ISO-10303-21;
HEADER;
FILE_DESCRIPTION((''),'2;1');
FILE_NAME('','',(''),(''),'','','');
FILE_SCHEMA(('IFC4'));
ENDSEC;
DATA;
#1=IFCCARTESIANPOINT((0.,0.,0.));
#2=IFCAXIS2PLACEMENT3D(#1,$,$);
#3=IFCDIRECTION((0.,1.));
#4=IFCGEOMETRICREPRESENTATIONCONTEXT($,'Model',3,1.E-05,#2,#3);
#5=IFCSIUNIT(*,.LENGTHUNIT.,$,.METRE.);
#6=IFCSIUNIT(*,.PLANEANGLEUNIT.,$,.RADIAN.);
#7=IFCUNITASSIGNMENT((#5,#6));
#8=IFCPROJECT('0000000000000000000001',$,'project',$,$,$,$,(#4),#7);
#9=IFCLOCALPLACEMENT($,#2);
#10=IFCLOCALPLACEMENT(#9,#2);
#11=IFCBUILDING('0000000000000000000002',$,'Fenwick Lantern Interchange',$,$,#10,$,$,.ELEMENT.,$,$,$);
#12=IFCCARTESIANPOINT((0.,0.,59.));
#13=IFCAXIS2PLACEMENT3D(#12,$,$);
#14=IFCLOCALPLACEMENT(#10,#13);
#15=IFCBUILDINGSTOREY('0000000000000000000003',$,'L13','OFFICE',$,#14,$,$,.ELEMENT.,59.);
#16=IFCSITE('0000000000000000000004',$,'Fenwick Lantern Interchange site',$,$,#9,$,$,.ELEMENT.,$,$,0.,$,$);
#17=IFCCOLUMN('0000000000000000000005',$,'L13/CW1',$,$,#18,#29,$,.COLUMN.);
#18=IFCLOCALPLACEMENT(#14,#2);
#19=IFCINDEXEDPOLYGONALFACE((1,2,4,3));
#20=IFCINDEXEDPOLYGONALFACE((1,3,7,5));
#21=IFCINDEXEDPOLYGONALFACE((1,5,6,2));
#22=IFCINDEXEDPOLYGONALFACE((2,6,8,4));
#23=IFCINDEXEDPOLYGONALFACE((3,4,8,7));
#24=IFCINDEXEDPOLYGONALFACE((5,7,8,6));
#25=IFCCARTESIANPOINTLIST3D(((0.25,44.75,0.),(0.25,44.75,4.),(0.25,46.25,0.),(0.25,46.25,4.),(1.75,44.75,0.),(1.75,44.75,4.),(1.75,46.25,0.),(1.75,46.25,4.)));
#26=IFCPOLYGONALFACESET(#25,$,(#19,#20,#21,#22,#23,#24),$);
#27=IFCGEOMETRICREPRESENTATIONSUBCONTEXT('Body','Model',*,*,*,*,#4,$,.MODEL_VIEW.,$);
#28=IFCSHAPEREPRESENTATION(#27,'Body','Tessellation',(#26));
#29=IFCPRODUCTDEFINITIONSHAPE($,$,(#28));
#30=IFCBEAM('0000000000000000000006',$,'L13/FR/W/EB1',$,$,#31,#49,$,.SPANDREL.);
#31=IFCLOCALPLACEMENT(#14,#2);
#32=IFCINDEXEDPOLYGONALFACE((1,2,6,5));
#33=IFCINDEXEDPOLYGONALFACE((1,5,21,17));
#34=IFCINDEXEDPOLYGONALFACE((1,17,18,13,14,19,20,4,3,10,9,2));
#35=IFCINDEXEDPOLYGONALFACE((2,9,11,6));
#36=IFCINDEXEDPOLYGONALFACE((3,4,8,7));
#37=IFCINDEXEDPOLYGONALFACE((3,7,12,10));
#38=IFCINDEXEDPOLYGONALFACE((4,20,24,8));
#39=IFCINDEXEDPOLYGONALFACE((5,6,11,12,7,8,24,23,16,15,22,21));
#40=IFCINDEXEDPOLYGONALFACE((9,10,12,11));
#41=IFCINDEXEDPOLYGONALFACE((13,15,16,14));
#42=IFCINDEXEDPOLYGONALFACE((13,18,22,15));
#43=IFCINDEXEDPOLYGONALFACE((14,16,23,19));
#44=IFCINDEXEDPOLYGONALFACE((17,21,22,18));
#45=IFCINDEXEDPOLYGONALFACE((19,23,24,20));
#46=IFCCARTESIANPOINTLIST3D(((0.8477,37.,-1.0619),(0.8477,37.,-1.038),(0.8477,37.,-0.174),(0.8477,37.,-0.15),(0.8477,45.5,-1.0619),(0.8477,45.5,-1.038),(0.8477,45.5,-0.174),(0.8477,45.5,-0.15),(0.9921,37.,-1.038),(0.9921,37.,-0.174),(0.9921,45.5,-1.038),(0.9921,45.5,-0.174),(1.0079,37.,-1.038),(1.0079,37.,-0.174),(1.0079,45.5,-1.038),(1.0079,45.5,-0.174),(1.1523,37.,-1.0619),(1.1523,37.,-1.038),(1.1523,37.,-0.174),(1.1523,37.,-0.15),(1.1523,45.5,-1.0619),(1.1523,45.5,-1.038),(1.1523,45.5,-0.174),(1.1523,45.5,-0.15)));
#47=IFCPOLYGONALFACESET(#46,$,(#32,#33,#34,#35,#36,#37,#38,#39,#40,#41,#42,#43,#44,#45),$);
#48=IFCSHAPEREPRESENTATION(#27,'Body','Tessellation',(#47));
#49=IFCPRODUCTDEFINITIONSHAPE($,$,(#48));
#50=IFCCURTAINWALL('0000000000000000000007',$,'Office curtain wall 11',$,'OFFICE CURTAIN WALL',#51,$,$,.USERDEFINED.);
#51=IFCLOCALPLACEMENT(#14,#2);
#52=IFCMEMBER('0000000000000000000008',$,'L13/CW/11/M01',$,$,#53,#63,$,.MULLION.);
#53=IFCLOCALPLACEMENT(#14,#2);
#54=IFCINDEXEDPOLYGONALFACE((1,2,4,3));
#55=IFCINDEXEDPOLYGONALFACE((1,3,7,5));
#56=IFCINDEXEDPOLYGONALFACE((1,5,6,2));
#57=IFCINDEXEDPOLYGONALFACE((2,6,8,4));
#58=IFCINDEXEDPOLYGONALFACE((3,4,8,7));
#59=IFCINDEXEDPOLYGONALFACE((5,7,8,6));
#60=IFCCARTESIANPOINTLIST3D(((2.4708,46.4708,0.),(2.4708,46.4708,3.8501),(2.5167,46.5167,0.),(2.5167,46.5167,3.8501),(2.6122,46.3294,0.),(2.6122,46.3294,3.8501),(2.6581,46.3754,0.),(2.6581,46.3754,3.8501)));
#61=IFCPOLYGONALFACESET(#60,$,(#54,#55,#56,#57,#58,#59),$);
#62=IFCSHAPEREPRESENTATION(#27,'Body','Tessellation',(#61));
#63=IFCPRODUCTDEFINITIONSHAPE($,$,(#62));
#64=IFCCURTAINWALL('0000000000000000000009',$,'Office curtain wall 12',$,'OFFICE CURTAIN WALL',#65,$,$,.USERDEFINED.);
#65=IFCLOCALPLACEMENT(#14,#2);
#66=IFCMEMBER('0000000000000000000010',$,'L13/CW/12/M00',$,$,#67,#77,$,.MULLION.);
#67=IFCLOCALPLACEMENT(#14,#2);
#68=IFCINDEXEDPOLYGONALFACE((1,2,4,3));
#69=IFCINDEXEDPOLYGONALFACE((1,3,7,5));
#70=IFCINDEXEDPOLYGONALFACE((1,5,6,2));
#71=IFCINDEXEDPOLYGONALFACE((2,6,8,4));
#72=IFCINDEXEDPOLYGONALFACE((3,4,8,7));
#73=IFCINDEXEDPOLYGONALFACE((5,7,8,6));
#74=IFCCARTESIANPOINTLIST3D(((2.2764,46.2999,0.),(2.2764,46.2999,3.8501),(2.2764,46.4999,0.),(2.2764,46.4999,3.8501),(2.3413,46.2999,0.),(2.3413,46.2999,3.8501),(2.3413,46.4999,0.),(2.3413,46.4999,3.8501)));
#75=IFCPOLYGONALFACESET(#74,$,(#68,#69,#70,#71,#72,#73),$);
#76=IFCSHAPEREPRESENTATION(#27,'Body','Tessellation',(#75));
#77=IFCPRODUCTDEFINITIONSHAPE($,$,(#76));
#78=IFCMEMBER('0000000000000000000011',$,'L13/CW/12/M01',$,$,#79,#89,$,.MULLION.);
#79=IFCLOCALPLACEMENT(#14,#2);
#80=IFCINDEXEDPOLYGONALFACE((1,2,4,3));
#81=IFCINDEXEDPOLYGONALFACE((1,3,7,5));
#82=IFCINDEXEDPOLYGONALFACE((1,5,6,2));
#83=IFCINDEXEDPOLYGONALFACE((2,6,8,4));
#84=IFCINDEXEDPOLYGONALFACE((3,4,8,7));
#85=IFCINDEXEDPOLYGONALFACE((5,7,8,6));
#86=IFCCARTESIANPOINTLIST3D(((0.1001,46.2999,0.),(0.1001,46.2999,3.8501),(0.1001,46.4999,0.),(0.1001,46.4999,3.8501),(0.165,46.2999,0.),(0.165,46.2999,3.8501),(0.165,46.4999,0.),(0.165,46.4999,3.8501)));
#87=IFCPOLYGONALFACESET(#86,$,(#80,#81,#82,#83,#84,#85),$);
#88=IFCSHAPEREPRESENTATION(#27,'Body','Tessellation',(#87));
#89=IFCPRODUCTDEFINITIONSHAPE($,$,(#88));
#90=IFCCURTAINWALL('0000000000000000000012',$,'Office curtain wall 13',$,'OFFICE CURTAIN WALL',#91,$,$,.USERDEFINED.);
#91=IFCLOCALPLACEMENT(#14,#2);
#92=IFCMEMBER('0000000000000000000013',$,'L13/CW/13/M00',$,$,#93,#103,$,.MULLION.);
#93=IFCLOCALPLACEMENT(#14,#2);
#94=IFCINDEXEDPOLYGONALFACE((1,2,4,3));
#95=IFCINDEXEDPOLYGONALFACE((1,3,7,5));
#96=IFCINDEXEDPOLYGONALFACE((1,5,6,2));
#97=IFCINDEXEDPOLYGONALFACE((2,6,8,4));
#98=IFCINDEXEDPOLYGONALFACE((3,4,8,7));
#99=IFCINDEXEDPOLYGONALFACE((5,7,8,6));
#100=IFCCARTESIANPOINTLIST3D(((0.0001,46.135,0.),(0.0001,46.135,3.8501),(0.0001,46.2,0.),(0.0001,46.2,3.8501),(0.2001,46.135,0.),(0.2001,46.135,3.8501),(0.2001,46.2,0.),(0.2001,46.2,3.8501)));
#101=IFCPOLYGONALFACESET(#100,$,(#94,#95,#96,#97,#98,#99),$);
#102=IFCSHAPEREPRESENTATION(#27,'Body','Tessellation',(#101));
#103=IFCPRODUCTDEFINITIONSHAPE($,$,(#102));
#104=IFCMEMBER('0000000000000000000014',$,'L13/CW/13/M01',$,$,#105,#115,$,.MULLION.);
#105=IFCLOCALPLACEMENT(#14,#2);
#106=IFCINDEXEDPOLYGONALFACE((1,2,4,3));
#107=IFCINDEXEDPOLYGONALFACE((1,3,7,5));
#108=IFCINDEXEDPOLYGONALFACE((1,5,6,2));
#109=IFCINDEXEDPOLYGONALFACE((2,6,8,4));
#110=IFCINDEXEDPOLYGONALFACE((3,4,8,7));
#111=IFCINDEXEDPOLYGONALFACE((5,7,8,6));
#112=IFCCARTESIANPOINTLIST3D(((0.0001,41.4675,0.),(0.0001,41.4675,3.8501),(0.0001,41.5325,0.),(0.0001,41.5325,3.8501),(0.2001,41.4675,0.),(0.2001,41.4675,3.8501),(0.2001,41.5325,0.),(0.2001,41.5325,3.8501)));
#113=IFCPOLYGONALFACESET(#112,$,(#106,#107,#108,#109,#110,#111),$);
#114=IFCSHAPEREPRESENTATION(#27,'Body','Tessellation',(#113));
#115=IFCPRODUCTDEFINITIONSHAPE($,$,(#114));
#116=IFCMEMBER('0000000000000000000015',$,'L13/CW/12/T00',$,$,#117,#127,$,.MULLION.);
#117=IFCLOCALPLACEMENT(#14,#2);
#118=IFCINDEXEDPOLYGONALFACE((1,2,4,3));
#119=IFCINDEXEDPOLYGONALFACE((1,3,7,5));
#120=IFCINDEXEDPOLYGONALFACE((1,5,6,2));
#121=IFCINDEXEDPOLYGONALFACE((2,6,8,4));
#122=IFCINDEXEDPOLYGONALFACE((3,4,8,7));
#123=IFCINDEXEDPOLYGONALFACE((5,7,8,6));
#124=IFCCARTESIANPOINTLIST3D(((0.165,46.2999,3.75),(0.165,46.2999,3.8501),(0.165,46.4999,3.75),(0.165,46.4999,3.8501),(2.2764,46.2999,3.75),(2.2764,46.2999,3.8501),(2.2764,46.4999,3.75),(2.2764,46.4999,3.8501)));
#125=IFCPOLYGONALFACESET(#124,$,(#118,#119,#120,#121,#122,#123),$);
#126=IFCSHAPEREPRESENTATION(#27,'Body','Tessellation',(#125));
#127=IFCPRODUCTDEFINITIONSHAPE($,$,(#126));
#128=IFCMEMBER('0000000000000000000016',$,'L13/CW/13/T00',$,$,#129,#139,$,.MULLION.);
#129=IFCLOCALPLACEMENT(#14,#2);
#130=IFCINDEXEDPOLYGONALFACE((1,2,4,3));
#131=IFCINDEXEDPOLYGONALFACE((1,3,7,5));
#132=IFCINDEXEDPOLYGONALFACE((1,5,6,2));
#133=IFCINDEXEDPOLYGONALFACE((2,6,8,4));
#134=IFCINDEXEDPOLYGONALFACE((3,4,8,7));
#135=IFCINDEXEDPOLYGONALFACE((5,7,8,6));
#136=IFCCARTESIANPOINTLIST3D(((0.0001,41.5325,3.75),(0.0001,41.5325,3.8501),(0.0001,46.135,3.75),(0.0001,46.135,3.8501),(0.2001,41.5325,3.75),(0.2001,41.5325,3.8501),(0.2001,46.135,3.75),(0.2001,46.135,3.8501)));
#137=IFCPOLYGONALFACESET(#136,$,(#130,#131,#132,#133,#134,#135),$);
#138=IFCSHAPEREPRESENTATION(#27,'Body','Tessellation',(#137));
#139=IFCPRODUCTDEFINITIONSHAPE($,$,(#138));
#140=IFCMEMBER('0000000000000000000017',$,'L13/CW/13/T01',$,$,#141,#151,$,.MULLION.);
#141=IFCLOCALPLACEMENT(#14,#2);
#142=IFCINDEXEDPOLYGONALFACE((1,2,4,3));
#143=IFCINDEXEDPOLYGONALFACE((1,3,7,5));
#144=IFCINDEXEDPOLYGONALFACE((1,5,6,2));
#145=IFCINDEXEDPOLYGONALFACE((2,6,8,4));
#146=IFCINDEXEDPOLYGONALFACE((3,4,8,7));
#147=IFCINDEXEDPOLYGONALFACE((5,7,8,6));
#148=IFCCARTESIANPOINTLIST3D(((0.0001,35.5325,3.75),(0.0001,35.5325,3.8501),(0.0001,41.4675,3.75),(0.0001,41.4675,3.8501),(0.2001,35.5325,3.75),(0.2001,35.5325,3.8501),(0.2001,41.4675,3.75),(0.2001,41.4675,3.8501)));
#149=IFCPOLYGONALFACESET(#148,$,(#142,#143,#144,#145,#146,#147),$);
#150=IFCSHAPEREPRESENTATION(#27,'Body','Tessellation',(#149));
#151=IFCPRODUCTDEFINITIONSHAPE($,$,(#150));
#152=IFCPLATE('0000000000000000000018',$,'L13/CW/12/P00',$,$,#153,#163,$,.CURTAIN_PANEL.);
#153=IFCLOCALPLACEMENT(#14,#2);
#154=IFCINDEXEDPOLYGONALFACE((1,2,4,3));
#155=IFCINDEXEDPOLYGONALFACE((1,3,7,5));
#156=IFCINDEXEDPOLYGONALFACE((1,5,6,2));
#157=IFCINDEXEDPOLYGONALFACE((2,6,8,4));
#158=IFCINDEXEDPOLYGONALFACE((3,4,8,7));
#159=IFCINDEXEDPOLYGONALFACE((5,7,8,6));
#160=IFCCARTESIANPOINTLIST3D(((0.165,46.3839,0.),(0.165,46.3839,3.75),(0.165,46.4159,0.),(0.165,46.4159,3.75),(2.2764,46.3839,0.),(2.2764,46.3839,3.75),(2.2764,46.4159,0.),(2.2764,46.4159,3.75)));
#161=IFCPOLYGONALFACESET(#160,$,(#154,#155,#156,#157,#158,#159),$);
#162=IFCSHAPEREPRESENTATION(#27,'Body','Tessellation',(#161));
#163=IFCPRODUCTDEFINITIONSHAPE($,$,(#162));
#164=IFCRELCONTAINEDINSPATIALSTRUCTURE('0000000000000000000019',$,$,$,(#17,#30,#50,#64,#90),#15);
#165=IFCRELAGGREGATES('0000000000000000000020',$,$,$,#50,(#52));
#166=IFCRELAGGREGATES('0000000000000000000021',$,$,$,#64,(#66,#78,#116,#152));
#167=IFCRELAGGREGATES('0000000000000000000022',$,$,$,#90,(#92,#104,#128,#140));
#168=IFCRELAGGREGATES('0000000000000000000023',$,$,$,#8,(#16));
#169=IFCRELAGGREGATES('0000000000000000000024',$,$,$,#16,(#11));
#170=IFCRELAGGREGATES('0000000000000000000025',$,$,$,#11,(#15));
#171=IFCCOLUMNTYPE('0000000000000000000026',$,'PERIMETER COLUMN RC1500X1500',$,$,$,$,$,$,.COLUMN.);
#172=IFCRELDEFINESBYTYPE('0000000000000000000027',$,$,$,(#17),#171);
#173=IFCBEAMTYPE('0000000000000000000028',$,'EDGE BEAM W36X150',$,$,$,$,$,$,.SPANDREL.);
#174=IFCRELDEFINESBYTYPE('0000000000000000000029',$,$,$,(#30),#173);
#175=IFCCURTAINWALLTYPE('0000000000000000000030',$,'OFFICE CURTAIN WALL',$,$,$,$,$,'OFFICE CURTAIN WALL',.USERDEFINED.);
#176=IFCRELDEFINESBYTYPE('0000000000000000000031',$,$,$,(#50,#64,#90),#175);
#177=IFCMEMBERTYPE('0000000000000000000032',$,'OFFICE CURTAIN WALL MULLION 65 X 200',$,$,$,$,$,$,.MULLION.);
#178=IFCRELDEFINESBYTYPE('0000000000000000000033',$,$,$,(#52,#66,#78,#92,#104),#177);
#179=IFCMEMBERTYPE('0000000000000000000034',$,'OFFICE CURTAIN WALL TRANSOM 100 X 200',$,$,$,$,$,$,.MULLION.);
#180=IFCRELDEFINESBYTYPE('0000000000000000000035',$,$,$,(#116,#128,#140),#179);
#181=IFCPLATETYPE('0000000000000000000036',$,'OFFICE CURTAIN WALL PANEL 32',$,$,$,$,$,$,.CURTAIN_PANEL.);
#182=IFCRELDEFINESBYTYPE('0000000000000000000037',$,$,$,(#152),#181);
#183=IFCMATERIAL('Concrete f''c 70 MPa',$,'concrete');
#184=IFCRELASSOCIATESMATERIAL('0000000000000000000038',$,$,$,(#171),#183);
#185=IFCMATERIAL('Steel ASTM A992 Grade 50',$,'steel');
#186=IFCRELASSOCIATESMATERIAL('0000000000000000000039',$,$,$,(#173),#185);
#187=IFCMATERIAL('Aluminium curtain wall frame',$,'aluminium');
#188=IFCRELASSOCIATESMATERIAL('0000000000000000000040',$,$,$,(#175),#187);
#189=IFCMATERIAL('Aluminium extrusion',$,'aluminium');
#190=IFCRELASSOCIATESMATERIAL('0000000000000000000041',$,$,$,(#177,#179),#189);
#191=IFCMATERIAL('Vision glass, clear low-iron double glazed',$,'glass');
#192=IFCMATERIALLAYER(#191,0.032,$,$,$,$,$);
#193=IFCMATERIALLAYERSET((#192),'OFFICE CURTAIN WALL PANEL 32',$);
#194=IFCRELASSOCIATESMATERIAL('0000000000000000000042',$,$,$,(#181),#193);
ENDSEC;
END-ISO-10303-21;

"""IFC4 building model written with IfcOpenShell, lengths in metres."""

from ifc_helpers import new_model, si_unit, direction, frame, origin, origin_2d, place, context, subcontext, project, spatial, rectangle, i_section, extrude, material, layer, layer_set, material_profile, profile_set, type_object, element, aggregate, save


model = new_model("IFC4")

# Units and contexts
model_context = context("Model", 3, precision=1e-05, world=origin(), true_north=direction((0.0, 1.0)))
body_context = subcontext(model_context, "Body", "Model", "MODEL_VIEW")
ifc_project = project(units=[si_unit("LENGTHUNIT", "METRE"), si_unit("PLANEANGLEUNIT", "RADIAN")], contexts=[model_context])

# Site, building, storey
site_placement = place(None, origin())
site = spatial("IfcSite", under=ifc_project, at=site_placement, Name="Fenwick Lantern Interchange site", CompositionType="ELEMENT", RefElevation=0.0)
building_placement = place(site_placement, origin())
building = spatial("IfcBuilding", under=site, at=building_placement, Name="Fenwick Lantern Interchange", CompositionType="ELEMENT")
storey_placement = place(building_placement, frame((0.0, 0.0, 59.0)))
storey = spatial("IfcBuildingStorey", under=building, at=storey_placement, Name="L13", Description="OFFICE", CompositionType="ELEMENT", Elevation=59.0)

# Column
ifc_material_1 = material(Name="Concrete f'c 70 MPa", Category="concrete")
ifc_material_profile_1 = material_profile(ifc_material_1, rectangle(XDim=1.5, YDim=1.5, at=origin_2d()), Name="RC1500X1500")
ifc_profile_set_1 = profile_set([ifc_material_profile_1], Name="Concrete f'c 70 MPa")
column_type = type_object("IfcColumnType", Name="PERIMETER COLUMN RC1500X1500", PredefinedType="COLUMN", material=ifc_profile_set_1)
column_placement = place(storey_placement, frame((1.0, 45.5, 0.0), z_axis=(0.0, 0.0, 1.0), x_axis=(1.0, 0.0, 0.0)))
element("IfcColumn", 1, at=column_placement, inside=storey, type_object=column_type, Name="L13/CW1", PredefinedType="COLUMN", context=body_context, shape_type="SweptSolid", body=[
    extrude(rectangle(XDim=1.5, YDim=1.5, at=origin_2d()), origin(), (0.0, 0.0, 1.0), 4.0),
])

# Beam
ifc_material_2 = material(Name="Steel ASTM A992 Grade 50", Category="steel")
ifc_material_profile_2 = material_profile(ifc_material_2, i_section(OverallWidth=0.3047, OverallDepth=0.9119, WebThickness=0.0159, FlangeThickness=0.0239, at=origin_2d()), Name="W36X150")
ifc_profile_set_2 = profile_set([ifc_material_profile_2], Name="Steel ASTM A992 Grade 50")
beam_type = type_object("IfcBeamType", Name="EDGE BEAM W36X150", PredefinedType="SPANDREL", material=ifc_profile_set_2)
beam_placement = place(storey_placement, frame((1.0, 45.5, -0.606), z_axis=(0.0, -1.0, 0.0), x_axis=(1.0, 0.0, 0.0)))
element("IfcBeam", 2, at=beam_placement, inside=storey, type_object=beam_type, Name="L13/FR/W/EB1", PredefinedType="SPANDREL", context=body_context, shape_type="SweptSolid", body=[
    extrude(i_section(OverallWidth=0.3047, OverallDepth=0.9119, WebThickness=0.0159, FlangeThickness=0.0239, at=origin_2d()), origin(), (0.0, 0.0, 1.0), 8.5),
])

# Curtain wall, member
ifc_material_3 = material(Name="Aluminium curtain wall frame", Category="aluminium")
curtain_wall_type = type_object("IfcCurtainWallType", Name="OFFICE CURTAIN WALL", ElementType="OFFICE CURTAIN WALL", PredefinedType="USERDEFINED", material=ifc_material_3)
curtain_wall_1_placement = place(storey_placement, origin())
curtain_wall_1 = element("IfcCurtainWall", 3, at=curtain_wall_1_placement, inside=storey, type_object=curtain_wall_type, Name="Office curtain wall 11", ObjectType="OFFICE CURTAIN WALL", PredefinedType="USERDEFINED")
ifc_material_4 = material(Name="Aluminium extrusion", Category="aluminium")
ifc_material_profile_3 = material_profile(ifc_material_4, rectangle(XDim=0.2, YDim=0.0649, at=origin_2d()), Name="OFFICE CURTAIN WALL MULLION 65 X 200")
ifc_profile_set_3 = profile_set([ifc_material_profile_3], Name="Aluminium extrusion")
member_type_1 = type_object("IfcMemberType", Name="OFFICE CURTAIN WALL MULLION 65 X 200", PredefinedType="MULLION", material=ifc_profile_set_3)
member_1_placement = place(storey_placement, frame((2.5645, 46.4231, 0.0), z_axis=(0.0, 0.0, 1.0), x_axis=(0.707107, -0.707107, 0.0)))
member_1 = element("IfcMember", 4, at=member_1_placement, type_object=member_type_1, Name="L13/CW/11/M01", PredefinedType="MULLION", context=body_context, shape_type="SweptSolid", body=[
    extrude(rectangle(XDim=0.2, YDim=0.0649, at=origin_2d()), origin(), (0.0, 0.0, 1.0), 3.8501),
])
aggregate(curtain_wall_1, [member_1])

# Curtain walls, members
curtain_wall_2_placement = place(storey_placement, origin())
curtain_wall_2 = element("IfcCurtainWall", 5, at=curtain_wall_2_placement, inside=storey, type_object=curtain_wall_type, Name="Office curtain wall 12", ObjectType="OFFICE CURTAIN WALL", PredefinedType="USERDEFINED")
member_2_placement = place(storey_placement, frame((2.3088, 46.3999, 0.0), z_axis=(0.0, 0.0, 1.0), x_axis=(0.0, -1.0, 0.0)))
member_2 = element("IfcMember", 6, at=member_2_placement, type_object=member_type_1, Name="L13/CW/12/M00", PredefinedType="MULLION", context=body_context, shape_type="SweptSolid", body=[
    extrude(rectangle(XDim=0.2, YDim=0.0649, at=origin_2d()), origin(), (0.0, 0.0, 1.0), 3.8501),
])
member_3_placement = place(storey_placement, frame((0.1326, 46.3999, 0.0), z_axis=(0.0, 0.0, 1.0), x_axis=(0.0, -1.0, 0.0)))
member_3 = element("IfcMember", 7, at=member_3_placement, type_object=member_type_1, Name="L13/CW/12/M01", PredefinedType="MULLION", context=body_context, shape_type="SweptSolid", body=[
    extrude(rectangle(XDim=0.2, YDim=0.0649, at=origin_2d()), origin(), (0.0, 0.0, 1.0), 3.8501),
])
curtain_wall_3_placement = place(storey_placement, origin())
curtain_wall_3 = element("IfcCurtainWall", 8, at=curtain_wall_3_placement, inside=storey, type_object=curtain_wall_type, Name="Office curtain wall 13", ObjectType="OFFICE CURTAIN WALL", PredefinedType="USERDEFINED")
member_4_placement = place(storey_placement, frame((0.1001, 46.1675, 0.0), z_axis=(0.0, 0.0, 1.0), x_axis=(1.0, 0.0, 0.0)))
member_4 = element("IfcMember", 9, at=member_4_placement, type_object=member_type_1, Name="L13/CW/13/M00", PredefinedType="MULLION", context=body_context, shape_type="SweptSolid", body=[
    extrude(rectangle(XDim=0.2, YDim=0.0649, at=origin_2d()), origin(), (0.0, 0.0, 1.0), 3.8501),
])
member_5_placement = place(storey_placement, frame((0.1001, 41.5, 0.0), z_axis=(0.0, 0.0, 1.0), x_axis=(1.0, 0.0, 0.0)))
member_5 = element("IfcMember", 10, at=member_5_placement, type_object=member_type_1, Name="L13/CW/13/M01", PredefinedType="MULLION", context=body_context, shape_type="SweptSolid", body=[
    extrude(rectangle(XDim=0.2, YDim=0.0649, at=origin_2d()), origin(), (0.0, 0.0, 1.0), 3.8501),
])

# Members
ifc_material_profile_4 = material_profile(ifc_material_4, rectangle(XDim=0.2, YDim=0.1001, at=origin_2d()), Name="OFFICE CURTAIN WALL TRANSOM 100 X 200")
ifc_profile_set_4 = profile_set([ifc_material_profile_4], Name="Aluminium extrusion")
member_type_2 = type_object("IfcMemberType", Name="OFFICE CURTAIN WALL TRANSOM 100 X 200", PredefinedType="MULLION", material=ifc_profile_set_4)
member_6_placement = place(storey_placement, frame((2.2764, 46.3999, 3.8), z_axis=(-1.0, 0.0, 0.0), x_axis=(0.0, -1.0, 0.0)))
member_6 = element("IfcMember", 11, at=member_6_placement, type_object=member_type_2, Name="L13/CW/12/T00", PredefinedType="MULLION", context=body_context, shape_type="SweptSolid", body=[
    extrude(rectangle(XDim=0.2, YDim=0.1001, at=origin_2d()), origin(), (0.0, 0.0, 1.0), 2.1113),
])
member_7_placement = place(storey_placement, frame((0.1001, 46.135, 3.8), z_axis=(0.0, -1.0, 0.0), x_axis=(1.0, 0.0, 0.0)))
member_7 = element("IfcMember", 12, at=member_7_placement, type_object=member_type_2, Name="L13/CW/13/T00", PredefinedType="MULLION", context=body_context, shape_type="SweptSolid", body=[
    extrude(rectangle(XDim=0.2, YDim=0.1001, at=origin_2d()), origin(), (0.0, 0.0, 1.0), 4.6025),
])
member_8_placement = place(storey_placement, frame((0.1001, 41.4675, 3.8), z_axis=(0.0, -1.0, 0.0), x_axis=(1.0, 0.0, 0.0)))
member_8 = element("IfcMember", 13, at=member_8_placement, type_object=member_type_2, Name="L13/CW/13/T01", PredefinedType="MULLION", context=body_context, shape_type="SweptSolid", body=[
    extrude(rectangle(XDim=0.2, YDim=0.1001, at=origin_2d()), origin(), (0.0, 0.0, 1.0), 5.9351),
])

# Plate
ifc_material_5 = material(Name="Vision glass, clear low-iron double glazed", Category="glass")
ifc_layer_1 = layer(ifc_material_5, 0.032)
ifc_layer_set_1 = layer_set([ifc_layer_1], Name="OFFICE CURTAIN WALL PANEL 32")
plate_type = type_object("IfcPlateType", Name="OFFICE CURTAIN WALL PANEL 32", PredefinedType="CURTAIN_PANEL", material=ifc_layer_set_1)
plate_1_placement = place(storey_placement, frame((1.2207, 46.3999, 0.0), z_axis=(0.0, 0.0, 1.0), x_axis=(-1.0, 0.0, 0.0)))
plate_1 = element("IfcPlate", 14, at=plate_1_placement, type_object=plate_type, Name="L13/CW/12/P00", PredefinedType="CURTAIN_PANEL", context=body_context, shape_type="SweptSolid", body=[
    extrude(rectangle(XDim=2.1113, YDim=0.032, at=origin_2d()), origin(), (0.0, 0.0, 1.0), 3.75),
])
aggregate(curtain_wall_2, [member_2, member_3, member_6, plate_1])
aggregate(curtain_wall_3, [member_4, member_5, member_7, member_8])

save(model, "model.ifc")
